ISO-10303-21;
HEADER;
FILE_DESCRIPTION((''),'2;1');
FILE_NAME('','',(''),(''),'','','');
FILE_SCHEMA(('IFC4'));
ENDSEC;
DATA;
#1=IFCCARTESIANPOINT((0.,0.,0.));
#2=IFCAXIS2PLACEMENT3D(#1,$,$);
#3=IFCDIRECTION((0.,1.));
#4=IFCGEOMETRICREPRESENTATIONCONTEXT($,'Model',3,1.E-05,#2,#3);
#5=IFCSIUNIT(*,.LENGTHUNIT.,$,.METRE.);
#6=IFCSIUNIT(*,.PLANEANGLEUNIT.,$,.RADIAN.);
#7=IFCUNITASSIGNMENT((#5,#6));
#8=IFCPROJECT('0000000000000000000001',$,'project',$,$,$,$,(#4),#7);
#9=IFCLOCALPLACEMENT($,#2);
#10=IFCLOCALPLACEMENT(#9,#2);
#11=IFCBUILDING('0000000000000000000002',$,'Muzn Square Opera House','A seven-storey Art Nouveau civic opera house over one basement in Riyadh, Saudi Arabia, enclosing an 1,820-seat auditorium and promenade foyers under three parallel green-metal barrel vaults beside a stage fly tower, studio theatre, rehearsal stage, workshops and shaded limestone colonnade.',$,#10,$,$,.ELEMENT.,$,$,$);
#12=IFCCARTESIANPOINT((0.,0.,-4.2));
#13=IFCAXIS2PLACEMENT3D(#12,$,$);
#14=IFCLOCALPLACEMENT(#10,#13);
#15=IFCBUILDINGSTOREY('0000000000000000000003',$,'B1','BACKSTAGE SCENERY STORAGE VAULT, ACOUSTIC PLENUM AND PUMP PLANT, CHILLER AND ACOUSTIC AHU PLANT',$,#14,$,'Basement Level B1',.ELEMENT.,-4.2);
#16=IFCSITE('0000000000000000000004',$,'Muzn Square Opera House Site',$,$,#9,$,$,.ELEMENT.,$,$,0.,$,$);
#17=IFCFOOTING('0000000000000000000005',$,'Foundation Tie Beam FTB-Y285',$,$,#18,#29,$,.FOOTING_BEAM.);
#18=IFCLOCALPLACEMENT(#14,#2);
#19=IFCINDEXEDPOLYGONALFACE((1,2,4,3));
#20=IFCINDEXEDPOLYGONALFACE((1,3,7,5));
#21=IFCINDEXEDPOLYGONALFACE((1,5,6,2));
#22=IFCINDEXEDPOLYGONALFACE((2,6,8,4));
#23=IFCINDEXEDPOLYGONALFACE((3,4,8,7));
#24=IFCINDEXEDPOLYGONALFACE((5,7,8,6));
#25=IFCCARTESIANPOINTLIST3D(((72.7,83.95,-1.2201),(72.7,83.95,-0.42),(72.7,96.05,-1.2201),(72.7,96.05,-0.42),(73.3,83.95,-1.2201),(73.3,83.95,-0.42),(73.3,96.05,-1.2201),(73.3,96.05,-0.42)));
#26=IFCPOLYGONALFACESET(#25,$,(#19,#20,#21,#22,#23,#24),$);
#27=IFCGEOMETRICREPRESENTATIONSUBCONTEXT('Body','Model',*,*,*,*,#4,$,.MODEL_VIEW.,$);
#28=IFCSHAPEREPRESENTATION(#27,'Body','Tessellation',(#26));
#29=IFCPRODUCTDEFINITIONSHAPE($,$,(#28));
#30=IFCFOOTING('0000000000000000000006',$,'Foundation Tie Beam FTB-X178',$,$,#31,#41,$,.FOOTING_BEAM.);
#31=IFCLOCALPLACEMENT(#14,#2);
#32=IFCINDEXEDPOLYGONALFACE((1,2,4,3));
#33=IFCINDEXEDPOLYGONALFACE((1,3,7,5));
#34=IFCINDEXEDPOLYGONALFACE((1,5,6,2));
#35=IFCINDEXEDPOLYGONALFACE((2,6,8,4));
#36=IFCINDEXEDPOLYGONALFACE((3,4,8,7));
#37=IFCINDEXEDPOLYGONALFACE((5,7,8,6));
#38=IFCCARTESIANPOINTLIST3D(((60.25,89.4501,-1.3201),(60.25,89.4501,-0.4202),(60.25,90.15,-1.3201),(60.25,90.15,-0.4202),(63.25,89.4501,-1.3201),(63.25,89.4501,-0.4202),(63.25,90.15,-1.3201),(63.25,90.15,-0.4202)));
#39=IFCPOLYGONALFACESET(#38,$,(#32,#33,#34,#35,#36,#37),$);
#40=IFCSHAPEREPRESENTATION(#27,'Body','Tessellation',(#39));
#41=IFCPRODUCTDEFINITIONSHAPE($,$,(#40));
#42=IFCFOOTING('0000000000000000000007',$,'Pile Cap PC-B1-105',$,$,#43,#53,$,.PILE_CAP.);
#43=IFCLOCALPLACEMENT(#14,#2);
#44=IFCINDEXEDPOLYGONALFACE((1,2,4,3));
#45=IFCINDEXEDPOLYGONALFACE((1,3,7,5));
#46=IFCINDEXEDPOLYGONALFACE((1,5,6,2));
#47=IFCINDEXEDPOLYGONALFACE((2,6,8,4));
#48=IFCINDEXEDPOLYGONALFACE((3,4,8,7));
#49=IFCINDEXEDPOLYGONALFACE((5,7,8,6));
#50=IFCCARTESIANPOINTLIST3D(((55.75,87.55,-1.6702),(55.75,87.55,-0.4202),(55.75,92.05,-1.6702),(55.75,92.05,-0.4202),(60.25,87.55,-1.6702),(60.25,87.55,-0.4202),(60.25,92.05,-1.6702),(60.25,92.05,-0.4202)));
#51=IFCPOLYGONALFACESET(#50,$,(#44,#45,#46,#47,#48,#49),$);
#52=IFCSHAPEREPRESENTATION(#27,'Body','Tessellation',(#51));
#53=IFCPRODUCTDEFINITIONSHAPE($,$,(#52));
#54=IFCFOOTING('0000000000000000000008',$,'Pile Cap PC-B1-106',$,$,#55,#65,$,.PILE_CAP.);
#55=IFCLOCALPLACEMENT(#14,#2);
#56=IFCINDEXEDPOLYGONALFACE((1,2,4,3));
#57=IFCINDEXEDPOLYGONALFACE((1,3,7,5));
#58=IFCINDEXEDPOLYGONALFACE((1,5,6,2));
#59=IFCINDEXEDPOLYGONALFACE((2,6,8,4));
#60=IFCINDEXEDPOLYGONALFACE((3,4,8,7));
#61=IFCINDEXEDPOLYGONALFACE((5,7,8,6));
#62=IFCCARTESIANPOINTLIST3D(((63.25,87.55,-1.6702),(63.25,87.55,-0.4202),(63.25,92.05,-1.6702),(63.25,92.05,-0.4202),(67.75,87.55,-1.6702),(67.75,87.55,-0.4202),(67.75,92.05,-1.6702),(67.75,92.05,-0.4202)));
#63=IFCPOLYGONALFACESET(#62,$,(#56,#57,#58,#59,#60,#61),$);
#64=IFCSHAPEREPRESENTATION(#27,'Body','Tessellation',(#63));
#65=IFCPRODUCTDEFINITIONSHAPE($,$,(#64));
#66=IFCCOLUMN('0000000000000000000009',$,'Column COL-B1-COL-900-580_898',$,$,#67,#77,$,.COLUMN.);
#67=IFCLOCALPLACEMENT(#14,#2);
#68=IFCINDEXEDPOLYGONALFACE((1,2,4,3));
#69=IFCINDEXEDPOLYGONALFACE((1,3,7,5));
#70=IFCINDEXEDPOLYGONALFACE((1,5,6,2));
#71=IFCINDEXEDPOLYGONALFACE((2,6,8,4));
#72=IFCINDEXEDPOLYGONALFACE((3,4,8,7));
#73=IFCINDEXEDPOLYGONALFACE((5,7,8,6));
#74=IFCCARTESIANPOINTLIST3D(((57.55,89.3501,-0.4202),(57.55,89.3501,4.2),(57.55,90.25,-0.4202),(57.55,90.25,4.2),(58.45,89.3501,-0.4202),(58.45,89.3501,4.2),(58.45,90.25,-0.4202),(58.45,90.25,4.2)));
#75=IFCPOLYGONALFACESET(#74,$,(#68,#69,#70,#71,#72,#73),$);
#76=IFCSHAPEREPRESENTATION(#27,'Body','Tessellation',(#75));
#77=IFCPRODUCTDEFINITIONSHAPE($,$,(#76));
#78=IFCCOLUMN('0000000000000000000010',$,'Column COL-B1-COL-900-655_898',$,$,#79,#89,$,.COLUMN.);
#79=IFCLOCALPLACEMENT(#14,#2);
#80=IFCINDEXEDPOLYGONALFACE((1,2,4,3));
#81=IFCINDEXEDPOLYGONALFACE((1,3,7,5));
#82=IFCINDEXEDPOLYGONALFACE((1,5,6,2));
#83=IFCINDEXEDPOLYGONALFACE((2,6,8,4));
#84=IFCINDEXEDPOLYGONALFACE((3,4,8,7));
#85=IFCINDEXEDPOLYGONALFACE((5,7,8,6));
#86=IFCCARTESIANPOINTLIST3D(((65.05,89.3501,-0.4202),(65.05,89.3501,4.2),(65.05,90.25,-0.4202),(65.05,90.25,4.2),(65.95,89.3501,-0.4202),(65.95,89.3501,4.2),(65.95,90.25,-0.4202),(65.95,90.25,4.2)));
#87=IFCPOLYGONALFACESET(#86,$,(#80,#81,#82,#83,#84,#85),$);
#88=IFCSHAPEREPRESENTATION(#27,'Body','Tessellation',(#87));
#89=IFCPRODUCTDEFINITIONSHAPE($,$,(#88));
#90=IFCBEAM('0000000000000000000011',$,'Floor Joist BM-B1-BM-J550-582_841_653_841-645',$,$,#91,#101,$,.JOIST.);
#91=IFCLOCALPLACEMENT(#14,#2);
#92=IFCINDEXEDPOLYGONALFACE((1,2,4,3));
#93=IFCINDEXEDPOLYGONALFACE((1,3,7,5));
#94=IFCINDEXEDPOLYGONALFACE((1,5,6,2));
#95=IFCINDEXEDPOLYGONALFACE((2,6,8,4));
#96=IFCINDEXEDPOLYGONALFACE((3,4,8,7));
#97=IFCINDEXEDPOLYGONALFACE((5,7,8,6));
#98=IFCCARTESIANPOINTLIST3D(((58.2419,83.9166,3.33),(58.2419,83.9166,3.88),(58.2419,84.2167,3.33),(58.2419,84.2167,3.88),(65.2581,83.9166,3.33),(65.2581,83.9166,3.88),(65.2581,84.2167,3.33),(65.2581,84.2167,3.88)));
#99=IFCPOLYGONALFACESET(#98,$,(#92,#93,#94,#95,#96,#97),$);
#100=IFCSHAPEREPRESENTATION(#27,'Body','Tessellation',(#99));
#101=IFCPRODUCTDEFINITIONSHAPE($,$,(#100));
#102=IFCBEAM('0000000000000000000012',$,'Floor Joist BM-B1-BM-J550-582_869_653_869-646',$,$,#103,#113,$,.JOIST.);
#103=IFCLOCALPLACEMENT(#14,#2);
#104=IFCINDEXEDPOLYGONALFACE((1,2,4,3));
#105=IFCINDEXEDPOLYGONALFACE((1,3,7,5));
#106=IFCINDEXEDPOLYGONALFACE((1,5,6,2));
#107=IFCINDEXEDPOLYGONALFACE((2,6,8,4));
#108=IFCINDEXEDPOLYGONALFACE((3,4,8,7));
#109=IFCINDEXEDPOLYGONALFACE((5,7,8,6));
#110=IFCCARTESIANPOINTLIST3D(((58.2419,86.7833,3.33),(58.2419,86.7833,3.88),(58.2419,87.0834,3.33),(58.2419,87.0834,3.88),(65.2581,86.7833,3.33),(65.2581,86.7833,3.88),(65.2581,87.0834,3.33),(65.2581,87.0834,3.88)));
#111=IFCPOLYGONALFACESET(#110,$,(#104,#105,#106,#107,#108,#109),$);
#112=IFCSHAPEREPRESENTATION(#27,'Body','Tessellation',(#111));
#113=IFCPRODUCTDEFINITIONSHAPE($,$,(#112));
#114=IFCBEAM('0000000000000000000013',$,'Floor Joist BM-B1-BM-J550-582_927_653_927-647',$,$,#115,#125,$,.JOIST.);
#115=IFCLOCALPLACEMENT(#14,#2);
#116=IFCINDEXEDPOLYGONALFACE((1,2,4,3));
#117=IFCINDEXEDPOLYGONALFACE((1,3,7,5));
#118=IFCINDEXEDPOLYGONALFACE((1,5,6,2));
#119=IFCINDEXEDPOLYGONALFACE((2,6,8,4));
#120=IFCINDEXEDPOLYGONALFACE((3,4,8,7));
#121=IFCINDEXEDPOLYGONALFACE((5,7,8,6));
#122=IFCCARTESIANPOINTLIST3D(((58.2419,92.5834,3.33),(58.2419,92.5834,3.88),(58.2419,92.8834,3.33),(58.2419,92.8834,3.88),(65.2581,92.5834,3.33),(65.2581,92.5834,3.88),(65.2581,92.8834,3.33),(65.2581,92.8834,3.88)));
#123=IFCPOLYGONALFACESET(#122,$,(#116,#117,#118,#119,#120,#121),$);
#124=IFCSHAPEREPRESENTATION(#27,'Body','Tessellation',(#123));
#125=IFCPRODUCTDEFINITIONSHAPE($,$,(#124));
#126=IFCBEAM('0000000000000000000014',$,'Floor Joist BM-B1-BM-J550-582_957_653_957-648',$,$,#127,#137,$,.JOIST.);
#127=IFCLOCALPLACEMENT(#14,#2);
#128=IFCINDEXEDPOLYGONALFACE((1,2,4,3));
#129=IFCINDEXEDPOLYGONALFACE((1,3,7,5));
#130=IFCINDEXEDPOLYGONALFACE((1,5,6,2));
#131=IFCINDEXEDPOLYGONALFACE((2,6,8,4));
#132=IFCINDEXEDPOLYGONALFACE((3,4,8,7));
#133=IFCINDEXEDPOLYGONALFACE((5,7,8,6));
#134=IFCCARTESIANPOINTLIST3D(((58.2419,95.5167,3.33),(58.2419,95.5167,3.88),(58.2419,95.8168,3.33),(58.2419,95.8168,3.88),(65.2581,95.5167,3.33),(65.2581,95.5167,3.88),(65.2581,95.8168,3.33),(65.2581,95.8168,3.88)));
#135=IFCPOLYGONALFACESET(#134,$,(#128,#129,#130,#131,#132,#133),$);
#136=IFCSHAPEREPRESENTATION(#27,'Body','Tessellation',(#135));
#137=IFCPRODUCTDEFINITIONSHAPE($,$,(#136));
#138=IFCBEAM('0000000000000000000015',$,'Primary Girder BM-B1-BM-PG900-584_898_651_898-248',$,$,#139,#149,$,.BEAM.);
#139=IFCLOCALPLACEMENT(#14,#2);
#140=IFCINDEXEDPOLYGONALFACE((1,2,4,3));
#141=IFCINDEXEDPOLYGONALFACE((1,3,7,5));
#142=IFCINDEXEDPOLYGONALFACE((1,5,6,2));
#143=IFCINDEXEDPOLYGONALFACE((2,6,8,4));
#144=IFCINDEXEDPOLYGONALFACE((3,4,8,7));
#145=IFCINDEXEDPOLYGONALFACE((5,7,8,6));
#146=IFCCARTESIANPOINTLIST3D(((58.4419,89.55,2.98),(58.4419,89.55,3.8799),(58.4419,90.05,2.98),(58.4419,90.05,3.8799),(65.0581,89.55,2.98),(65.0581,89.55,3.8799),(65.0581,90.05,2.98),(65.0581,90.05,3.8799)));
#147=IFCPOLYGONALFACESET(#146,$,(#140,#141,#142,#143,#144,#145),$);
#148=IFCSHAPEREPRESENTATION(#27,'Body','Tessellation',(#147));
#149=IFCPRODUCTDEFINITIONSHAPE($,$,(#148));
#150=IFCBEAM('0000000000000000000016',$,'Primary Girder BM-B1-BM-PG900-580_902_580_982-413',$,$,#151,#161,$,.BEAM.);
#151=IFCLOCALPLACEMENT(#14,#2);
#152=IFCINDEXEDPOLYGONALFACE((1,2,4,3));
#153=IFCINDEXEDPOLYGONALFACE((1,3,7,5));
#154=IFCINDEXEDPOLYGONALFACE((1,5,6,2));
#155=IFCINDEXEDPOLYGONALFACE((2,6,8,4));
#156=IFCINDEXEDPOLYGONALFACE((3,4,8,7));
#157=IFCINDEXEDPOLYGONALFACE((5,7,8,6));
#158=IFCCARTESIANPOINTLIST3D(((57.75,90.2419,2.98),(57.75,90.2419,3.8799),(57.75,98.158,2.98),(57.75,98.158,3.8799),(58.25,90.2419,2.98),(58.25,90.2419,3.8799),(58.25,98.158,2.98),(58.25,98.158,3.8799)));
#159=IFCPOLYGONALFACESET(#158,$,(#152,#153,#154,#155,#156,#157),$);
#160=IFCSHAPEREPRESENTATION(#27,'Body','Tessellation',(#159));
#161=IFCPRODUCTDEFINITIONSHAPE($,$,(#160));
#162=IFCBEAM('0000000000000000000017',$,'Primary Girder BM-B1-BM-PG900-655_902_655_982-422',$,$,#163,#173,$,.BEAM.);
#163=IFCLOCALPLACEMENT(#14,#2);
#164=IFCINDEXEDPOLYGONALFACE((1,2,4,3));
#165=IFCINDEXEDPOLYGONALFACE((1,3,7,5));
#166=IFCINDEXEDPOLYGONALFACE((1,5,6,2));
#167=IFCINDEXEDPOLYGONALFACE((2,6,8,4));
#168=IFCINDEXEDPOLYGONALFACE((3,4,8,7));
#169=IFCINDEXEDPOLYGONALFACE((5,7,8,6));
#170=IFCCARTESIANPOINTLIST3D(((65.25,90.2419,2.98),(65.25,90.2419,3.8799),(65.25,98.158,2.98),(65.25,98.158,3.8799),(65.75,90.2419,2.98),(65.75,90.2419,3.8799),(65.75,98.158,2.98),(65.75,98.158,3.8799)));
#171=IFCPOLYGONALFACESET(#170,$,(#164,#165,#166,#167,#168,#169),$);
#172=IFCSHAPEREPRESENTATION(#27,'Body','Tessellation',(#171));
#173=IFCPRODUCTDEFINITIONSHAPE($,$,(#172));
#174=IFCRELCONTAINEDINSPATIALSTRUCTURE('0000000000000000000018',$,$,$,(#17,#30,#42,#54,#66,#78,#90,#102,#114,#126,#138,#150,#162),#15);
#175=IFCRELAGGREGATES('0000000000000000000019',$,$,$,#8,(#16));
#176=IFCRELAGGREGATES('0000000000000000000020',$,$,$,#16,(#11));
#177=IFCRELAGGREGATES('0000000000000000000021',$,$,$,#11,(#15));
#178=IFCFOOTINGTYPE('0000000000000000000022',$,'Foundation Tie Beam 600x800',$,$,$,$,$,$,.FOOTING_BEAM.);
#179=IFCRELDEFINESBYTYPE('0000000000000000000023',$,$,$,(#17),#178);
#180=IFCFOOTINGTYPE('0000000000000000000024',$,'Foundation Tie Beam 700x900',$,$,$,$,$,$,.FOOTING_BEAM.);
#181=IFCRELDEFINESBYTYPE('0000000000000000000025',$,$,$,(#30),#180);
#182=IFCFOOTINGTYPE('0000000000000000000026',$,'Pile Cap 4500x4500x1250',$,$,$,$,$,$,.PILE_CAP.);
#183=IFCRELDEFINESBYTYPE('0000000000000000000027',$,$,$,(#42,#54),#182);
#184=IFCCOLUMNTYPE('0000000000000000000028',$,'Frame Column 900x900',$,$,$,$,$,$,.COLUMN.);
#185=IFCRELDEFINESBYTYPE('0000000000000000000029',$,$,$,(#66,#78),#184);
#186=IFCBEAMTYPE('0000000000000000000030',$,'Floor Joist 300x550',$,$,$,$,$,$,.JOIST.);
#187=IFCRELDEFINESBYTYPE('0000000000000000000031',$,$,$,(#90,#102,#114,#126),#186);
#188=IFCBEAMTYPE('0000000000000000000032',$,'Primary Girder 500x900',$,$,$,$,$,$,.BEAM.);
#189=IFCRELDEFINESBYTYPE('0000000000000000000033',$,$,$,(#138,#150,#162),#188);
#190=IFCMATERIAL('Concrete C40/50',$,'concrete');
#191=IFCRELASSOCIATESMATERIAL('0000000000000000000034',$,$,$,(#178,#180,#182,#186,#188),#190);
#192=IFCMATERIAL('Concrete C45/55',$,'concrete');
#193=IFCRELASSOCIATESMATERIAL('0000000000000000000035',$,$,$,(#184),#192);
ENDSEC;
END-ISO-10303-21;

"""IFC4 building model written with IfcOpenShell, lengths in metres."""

from ifc_helpers import new_model, si_unit, direction, frame, origin, origin_2d, place, context, subcontext, project, spatial, rectangle, extrude, material, material_profile, profile_set, type_object, element, save


model = new_model("IFC4")

# Units and contexts
model_context = context("Model", 3, precision=1e-05, world=origin(), true_north=direction((0.0, 1.0)))
body_context = subcontext(model_context, "Body", "Model", "MODEL_VIEW")
ifc_project = project(units=[si_unit("LENGTHUNIT", "METRE"), si_unit("PLANEANGLEUNIT", "RADIAN")], contexts=[model_context])

# Site, building, storey
site_placement = place(None, origin())
site = spatial("IfcSite", under=ifc_project, at=site_placement, Name="Muzn Square Opera House Site", CompositionType="ELEMENT", RefElevation=0.0)
building_placement = place(site_placement, origin())
building = spatial("IfcBuilding", under=site, at=building_placement, Name="Muzn Square Opera House", Description="A seven-storey Art Nouveau civic opera house over one basement in Riyadh, Saudi Arabia, enclosing an 1,820-seat auditorium and promenade foyers under three parallel green-metal barrel vaults beside a stage fly tower, studio theatre, rehearsal stage, workshops and shaded limestone colonnade.", CompositionType="ELEMENT")
storey_placement = place(building_placement, frame((0.0, 0.0, -4.2)))
storey = spatial("IfcBuildingStorey", under=building, at=storey_placement, Name="B1", Description="BACKSTAGE SCENERY STORAGE VAULT, ACOUSTIC PLENUM AND PUMP PLANT, CHILLER AND ACOUSTIC AHU PLANT", LongName="Basement Level B1", CompositionType="ELEMENT", Elevation=-4.2)

# Shared definitions
ifc_material_1 = material(Name="Concrete C40/50", Category="concrete")

# Footings
ifc_material_profile_1 = material_profile(ifc_material_1, rectangle(XDim=0.6001, YDim=0.8, at=origin_2d()), Name="RCTB 600x800", Category="concrete")
ifc_profile_set_1 = profile_set([ifc_material_profile_1], Name="Concrete C40/50")
footing_type_1 = type_object("IfcFootingType", Name="Foundation Tie Beam 600x800", PredefinedType="FOOTING_BEAM", material=ifc_profile_set_1)
footing_1_placement = place(storey_placement, frame((73.0, 83.95, -0.8201), z_axis=(0.0, 1.0, 0.0), x_axis=(-1.0, 0.0, 0.0)))
element("IfcFooting", 1, at=footing_1_placement, inside=storey, type_object=footing_type_1, Name="Foundation Tie Beam FTB-Y285", PredefinedType="FOOTING_BEAM", context=body_context, shape_type="SweptSolid", body=[
    extrude(rectangle(XDim=0.6001, YDim=0.8, at=origin_2d()), origin(), (0.0, 0.0, 1.0), 12.1001),
])
ifc_material_profile_2 = material_profile(ifc_material_1, rectangle(XDim=0.7, YDim=0.8999, at=origin_2d()), Name="RCTB 700x900", Category="concrete")
ifc_profile_set_2 = profile_set([ifc_material_profile_2], Name="Concrete C40/50")
footing_type_2 = type_object("IfcFootingType", Name="Foundation Tie Beam 700x900", PredefinedType="FOOTING_BEAM", material=ifc_profile_set_2)
footing_2_placement = place(storey_placement, frame((60.25, 89.8, -0.8701), z_axis=(1.0, 0.0, 0.0), x_axis=(0.0, 1.0, 0.0)))
element("IfcFooting", 2, at=footing_2_placement, inside=storey, type_object=footing_type_2, Name="Foundation Tie Beam FTB-X178", PredefinedType="FOOTING_BEAM", context=body_context, shape_type="SweptSolid", body=[
    extrude(rectangle(XDim=0.7, YDim=0.8999, at=origin_2d()), origin(), (0.0, 0.0, 1.0), 3.0),
])
footing_type_3 = type_object("IfcFootingType", Name="Pile Cap 4500x4500x1250", PredefinedType="PILE_CAP", material=ifc_material_1)
for number, where, z_axis, x_axis, name in (
    (3, (58.0, 89.8, -1.6702), (0.0, 0.0, 1.0), (1.0, 0.0, 0.0), "Pile Cap PC-B1-105"),
    (4, (65.5, 89.8, -1.6702), (0.0, 0.0, 1.0), (1.0, 0.0, 0.0), "Pile Cap PC-B1-106"),
):
    element("IfcFooting", number, at=place(storey_placement, frame(where, z_axis=z_axis, x_axis=x_axis)), inside=storey, type_object=footing_type_3, Name=name, PredefinedType="PILE_CAP", context=body_context, shape_type="SweptSolid", body=[
        extrude(rectangle(XDim=4.5, YDim=4.5, at=origin_2d()), origin(), (0.0, 0.0, 1.0), 1.25),
    ])

# Columns
ifc_material_2 = material(Name="Concrete C45/55", Category="concrete")
ifc_material_profile_3 = material_profile(ifc_material_2, rectangle(XDim=0.8999, YDim=0.8999, at=origin_2d()), Name="RC 900x900", Category="concrete")
ifc_profile_set_3 = profile_set([ifc_material_profile_3], Name="Concrete C45/55")
column_type = type_object("IfcColumnType", Name="Frame Column 900x900", PredefinedType="COLUMN", material=ifc_profile_set_3)
for number, where, z_axis, x_axis, name in (
    (5, (58.0, 89.8, -0.4202), (0.0, 0.0, 1.0), (1.0, 0.0, 0.0), "Column COL-B1-COL-900-580_898"),
    (6, (65.5, 89.8, -0.4202), (0.0, 0.0, 1.0), (1.0, 0.0, 0.0), "Column COL-B1-COL-900-655_898"),
):
    element("IfcColumn", number, at=place(storey_placement, frame(where, z_axis=z_axis, x_axis=x_axis)), inside=storey, type_object=column_type, Name=name, PredefinedType="COLUMN", context=body_context, shape_type="SweptSolid", body=[
        extrude(rectangle(XDim=0.8999, YDim=0.8999, at=origin_2d()), origin(), (0.0, 0.0, 1.0), 4.6201),
    ])

# Beams
ifc_material_profile_4 = material_profile(ifc_material_1, rectangle(XDim=0.3, YDim=0.55, at=origin_2d()), Name="RCJ 300x550", Category="concrete")
ifc_profile_set_4 = profile_set([ifc_material_profile_4], Name="Concrete C40/50")
beam_type_1 = type_object("IfcBeamType", Name="Floor Joist 300x550", PredefinedType="JOIST", material=ifc_profile_set_4)
for number, where, z_axis, x_axis, name in (
    (7, (58.2419, 84.0667, 3.605), (1.0, 0.0, 0.0), (0.0, 1.0, 0.0), "Floor Joist BM-B1-BM-J550-582_841_653_841-645"),
    (8, (58.2419, 86.9333, 3.605), (1.0, 0.0, 0.0), (0.0, 1.0, 0.0), "Floor Joist BM-B1-BM-J550-582_869_653_869-646"),
    (9, (58.2419, 92.7334, 3.605), (1.0, 0.0, 0.0), (0.0, 1.0, 0.0), "Floor Joist BM-B1-BM-J550-582_927_653_927-647"),
    (10, (58.2419, 95.6667, 3.605), (1.0, 0.0, 0.0), (0.0, 1.0, 0.0), "Floor Joist BM-B1-BM-J550-582_957_653_957-648"),
):
    element("IfcBeam", number, at=place(storey_placement, frame(where, z_axis=z_axis, x_axis=x_axis)), inside=storey, type_object=beam_type_1, Name=name, PredefinedType="JOIST", context=body_context, shape_type="SweptSolid", body=[
        extrude(rectangle(XDim=0.3, YDim=0.55, at=origin_2d()), origin(), (0.0, 0.0, 1.0), 7.0161),
    ])
ifc_material_profile_5 = material_profile(ifc_material_1, rectangle(XDim=0.5, YDim=0.8999, at=origin_2d()), Name="RCB 500x900", Category="concrete")
ifc_profile_set_5 = profile_set([ifc_material_profile_5], Name="Concrete C40/50")
beam_type_2 = type_object("IfcBeamType", Name="Primary Girder 500x900", PredefinedType="BEAM", material=ifc_profile_set_5)
beam_placement = place(storey_placement, frame((58.4419, 89.8, 3.4299), z_axis=(1.0, 0.0, 0.0), x_axis=(0.0, 1.0, 0.0)))
element("IfcBeam", 11, at=beam_placement, inside=storey, type_object=beam_type_2, Name="Primary Girder BM-B1-BM-PG900-584_898_651_898-248", PredefinedType="BEAM", context=body_context, shape_type="SweptSolid", body=[
    extrude(rectangle(XDim=0.5, YDim=0.8999, at=origin_2d()), origin(), (0.0, 0.0, 1.0), 6.6162),
])
for number, where, z_axis, x_axis, name in (
    (12, (58.0, 90.2419, 3.4299), (0.0, 1.0, 0.0), (-1.0, 0.0, 0.0), "Primary Girder BM-B1-BM-PG900-580_902_580_982-413"),
    (13, (65.5, 90.2419, 3.4299), (0.0, 1.0, 0.0), (-1.0, 0.0, 0.0), "Primary Girder BM-B1-BM-PG900-655_902_655_982-422"),
):
    element("IfcBeam", number, at=place(storey_placement, frame(where, z_axis=z_axis, x_axis=x_axis)), inside=storey, type_object=beam_type_2, Name=name, PredefinedType="BEAM", context=body_context, shape_type="SweptSolid", body=[
        extrude(rectangle(XDim=0.5, YDim=0.8999, at=origin_2d()), origin(), (0.0, 0.0, 1.0), 7.916),
    ])

save(model, "model.ifc")
